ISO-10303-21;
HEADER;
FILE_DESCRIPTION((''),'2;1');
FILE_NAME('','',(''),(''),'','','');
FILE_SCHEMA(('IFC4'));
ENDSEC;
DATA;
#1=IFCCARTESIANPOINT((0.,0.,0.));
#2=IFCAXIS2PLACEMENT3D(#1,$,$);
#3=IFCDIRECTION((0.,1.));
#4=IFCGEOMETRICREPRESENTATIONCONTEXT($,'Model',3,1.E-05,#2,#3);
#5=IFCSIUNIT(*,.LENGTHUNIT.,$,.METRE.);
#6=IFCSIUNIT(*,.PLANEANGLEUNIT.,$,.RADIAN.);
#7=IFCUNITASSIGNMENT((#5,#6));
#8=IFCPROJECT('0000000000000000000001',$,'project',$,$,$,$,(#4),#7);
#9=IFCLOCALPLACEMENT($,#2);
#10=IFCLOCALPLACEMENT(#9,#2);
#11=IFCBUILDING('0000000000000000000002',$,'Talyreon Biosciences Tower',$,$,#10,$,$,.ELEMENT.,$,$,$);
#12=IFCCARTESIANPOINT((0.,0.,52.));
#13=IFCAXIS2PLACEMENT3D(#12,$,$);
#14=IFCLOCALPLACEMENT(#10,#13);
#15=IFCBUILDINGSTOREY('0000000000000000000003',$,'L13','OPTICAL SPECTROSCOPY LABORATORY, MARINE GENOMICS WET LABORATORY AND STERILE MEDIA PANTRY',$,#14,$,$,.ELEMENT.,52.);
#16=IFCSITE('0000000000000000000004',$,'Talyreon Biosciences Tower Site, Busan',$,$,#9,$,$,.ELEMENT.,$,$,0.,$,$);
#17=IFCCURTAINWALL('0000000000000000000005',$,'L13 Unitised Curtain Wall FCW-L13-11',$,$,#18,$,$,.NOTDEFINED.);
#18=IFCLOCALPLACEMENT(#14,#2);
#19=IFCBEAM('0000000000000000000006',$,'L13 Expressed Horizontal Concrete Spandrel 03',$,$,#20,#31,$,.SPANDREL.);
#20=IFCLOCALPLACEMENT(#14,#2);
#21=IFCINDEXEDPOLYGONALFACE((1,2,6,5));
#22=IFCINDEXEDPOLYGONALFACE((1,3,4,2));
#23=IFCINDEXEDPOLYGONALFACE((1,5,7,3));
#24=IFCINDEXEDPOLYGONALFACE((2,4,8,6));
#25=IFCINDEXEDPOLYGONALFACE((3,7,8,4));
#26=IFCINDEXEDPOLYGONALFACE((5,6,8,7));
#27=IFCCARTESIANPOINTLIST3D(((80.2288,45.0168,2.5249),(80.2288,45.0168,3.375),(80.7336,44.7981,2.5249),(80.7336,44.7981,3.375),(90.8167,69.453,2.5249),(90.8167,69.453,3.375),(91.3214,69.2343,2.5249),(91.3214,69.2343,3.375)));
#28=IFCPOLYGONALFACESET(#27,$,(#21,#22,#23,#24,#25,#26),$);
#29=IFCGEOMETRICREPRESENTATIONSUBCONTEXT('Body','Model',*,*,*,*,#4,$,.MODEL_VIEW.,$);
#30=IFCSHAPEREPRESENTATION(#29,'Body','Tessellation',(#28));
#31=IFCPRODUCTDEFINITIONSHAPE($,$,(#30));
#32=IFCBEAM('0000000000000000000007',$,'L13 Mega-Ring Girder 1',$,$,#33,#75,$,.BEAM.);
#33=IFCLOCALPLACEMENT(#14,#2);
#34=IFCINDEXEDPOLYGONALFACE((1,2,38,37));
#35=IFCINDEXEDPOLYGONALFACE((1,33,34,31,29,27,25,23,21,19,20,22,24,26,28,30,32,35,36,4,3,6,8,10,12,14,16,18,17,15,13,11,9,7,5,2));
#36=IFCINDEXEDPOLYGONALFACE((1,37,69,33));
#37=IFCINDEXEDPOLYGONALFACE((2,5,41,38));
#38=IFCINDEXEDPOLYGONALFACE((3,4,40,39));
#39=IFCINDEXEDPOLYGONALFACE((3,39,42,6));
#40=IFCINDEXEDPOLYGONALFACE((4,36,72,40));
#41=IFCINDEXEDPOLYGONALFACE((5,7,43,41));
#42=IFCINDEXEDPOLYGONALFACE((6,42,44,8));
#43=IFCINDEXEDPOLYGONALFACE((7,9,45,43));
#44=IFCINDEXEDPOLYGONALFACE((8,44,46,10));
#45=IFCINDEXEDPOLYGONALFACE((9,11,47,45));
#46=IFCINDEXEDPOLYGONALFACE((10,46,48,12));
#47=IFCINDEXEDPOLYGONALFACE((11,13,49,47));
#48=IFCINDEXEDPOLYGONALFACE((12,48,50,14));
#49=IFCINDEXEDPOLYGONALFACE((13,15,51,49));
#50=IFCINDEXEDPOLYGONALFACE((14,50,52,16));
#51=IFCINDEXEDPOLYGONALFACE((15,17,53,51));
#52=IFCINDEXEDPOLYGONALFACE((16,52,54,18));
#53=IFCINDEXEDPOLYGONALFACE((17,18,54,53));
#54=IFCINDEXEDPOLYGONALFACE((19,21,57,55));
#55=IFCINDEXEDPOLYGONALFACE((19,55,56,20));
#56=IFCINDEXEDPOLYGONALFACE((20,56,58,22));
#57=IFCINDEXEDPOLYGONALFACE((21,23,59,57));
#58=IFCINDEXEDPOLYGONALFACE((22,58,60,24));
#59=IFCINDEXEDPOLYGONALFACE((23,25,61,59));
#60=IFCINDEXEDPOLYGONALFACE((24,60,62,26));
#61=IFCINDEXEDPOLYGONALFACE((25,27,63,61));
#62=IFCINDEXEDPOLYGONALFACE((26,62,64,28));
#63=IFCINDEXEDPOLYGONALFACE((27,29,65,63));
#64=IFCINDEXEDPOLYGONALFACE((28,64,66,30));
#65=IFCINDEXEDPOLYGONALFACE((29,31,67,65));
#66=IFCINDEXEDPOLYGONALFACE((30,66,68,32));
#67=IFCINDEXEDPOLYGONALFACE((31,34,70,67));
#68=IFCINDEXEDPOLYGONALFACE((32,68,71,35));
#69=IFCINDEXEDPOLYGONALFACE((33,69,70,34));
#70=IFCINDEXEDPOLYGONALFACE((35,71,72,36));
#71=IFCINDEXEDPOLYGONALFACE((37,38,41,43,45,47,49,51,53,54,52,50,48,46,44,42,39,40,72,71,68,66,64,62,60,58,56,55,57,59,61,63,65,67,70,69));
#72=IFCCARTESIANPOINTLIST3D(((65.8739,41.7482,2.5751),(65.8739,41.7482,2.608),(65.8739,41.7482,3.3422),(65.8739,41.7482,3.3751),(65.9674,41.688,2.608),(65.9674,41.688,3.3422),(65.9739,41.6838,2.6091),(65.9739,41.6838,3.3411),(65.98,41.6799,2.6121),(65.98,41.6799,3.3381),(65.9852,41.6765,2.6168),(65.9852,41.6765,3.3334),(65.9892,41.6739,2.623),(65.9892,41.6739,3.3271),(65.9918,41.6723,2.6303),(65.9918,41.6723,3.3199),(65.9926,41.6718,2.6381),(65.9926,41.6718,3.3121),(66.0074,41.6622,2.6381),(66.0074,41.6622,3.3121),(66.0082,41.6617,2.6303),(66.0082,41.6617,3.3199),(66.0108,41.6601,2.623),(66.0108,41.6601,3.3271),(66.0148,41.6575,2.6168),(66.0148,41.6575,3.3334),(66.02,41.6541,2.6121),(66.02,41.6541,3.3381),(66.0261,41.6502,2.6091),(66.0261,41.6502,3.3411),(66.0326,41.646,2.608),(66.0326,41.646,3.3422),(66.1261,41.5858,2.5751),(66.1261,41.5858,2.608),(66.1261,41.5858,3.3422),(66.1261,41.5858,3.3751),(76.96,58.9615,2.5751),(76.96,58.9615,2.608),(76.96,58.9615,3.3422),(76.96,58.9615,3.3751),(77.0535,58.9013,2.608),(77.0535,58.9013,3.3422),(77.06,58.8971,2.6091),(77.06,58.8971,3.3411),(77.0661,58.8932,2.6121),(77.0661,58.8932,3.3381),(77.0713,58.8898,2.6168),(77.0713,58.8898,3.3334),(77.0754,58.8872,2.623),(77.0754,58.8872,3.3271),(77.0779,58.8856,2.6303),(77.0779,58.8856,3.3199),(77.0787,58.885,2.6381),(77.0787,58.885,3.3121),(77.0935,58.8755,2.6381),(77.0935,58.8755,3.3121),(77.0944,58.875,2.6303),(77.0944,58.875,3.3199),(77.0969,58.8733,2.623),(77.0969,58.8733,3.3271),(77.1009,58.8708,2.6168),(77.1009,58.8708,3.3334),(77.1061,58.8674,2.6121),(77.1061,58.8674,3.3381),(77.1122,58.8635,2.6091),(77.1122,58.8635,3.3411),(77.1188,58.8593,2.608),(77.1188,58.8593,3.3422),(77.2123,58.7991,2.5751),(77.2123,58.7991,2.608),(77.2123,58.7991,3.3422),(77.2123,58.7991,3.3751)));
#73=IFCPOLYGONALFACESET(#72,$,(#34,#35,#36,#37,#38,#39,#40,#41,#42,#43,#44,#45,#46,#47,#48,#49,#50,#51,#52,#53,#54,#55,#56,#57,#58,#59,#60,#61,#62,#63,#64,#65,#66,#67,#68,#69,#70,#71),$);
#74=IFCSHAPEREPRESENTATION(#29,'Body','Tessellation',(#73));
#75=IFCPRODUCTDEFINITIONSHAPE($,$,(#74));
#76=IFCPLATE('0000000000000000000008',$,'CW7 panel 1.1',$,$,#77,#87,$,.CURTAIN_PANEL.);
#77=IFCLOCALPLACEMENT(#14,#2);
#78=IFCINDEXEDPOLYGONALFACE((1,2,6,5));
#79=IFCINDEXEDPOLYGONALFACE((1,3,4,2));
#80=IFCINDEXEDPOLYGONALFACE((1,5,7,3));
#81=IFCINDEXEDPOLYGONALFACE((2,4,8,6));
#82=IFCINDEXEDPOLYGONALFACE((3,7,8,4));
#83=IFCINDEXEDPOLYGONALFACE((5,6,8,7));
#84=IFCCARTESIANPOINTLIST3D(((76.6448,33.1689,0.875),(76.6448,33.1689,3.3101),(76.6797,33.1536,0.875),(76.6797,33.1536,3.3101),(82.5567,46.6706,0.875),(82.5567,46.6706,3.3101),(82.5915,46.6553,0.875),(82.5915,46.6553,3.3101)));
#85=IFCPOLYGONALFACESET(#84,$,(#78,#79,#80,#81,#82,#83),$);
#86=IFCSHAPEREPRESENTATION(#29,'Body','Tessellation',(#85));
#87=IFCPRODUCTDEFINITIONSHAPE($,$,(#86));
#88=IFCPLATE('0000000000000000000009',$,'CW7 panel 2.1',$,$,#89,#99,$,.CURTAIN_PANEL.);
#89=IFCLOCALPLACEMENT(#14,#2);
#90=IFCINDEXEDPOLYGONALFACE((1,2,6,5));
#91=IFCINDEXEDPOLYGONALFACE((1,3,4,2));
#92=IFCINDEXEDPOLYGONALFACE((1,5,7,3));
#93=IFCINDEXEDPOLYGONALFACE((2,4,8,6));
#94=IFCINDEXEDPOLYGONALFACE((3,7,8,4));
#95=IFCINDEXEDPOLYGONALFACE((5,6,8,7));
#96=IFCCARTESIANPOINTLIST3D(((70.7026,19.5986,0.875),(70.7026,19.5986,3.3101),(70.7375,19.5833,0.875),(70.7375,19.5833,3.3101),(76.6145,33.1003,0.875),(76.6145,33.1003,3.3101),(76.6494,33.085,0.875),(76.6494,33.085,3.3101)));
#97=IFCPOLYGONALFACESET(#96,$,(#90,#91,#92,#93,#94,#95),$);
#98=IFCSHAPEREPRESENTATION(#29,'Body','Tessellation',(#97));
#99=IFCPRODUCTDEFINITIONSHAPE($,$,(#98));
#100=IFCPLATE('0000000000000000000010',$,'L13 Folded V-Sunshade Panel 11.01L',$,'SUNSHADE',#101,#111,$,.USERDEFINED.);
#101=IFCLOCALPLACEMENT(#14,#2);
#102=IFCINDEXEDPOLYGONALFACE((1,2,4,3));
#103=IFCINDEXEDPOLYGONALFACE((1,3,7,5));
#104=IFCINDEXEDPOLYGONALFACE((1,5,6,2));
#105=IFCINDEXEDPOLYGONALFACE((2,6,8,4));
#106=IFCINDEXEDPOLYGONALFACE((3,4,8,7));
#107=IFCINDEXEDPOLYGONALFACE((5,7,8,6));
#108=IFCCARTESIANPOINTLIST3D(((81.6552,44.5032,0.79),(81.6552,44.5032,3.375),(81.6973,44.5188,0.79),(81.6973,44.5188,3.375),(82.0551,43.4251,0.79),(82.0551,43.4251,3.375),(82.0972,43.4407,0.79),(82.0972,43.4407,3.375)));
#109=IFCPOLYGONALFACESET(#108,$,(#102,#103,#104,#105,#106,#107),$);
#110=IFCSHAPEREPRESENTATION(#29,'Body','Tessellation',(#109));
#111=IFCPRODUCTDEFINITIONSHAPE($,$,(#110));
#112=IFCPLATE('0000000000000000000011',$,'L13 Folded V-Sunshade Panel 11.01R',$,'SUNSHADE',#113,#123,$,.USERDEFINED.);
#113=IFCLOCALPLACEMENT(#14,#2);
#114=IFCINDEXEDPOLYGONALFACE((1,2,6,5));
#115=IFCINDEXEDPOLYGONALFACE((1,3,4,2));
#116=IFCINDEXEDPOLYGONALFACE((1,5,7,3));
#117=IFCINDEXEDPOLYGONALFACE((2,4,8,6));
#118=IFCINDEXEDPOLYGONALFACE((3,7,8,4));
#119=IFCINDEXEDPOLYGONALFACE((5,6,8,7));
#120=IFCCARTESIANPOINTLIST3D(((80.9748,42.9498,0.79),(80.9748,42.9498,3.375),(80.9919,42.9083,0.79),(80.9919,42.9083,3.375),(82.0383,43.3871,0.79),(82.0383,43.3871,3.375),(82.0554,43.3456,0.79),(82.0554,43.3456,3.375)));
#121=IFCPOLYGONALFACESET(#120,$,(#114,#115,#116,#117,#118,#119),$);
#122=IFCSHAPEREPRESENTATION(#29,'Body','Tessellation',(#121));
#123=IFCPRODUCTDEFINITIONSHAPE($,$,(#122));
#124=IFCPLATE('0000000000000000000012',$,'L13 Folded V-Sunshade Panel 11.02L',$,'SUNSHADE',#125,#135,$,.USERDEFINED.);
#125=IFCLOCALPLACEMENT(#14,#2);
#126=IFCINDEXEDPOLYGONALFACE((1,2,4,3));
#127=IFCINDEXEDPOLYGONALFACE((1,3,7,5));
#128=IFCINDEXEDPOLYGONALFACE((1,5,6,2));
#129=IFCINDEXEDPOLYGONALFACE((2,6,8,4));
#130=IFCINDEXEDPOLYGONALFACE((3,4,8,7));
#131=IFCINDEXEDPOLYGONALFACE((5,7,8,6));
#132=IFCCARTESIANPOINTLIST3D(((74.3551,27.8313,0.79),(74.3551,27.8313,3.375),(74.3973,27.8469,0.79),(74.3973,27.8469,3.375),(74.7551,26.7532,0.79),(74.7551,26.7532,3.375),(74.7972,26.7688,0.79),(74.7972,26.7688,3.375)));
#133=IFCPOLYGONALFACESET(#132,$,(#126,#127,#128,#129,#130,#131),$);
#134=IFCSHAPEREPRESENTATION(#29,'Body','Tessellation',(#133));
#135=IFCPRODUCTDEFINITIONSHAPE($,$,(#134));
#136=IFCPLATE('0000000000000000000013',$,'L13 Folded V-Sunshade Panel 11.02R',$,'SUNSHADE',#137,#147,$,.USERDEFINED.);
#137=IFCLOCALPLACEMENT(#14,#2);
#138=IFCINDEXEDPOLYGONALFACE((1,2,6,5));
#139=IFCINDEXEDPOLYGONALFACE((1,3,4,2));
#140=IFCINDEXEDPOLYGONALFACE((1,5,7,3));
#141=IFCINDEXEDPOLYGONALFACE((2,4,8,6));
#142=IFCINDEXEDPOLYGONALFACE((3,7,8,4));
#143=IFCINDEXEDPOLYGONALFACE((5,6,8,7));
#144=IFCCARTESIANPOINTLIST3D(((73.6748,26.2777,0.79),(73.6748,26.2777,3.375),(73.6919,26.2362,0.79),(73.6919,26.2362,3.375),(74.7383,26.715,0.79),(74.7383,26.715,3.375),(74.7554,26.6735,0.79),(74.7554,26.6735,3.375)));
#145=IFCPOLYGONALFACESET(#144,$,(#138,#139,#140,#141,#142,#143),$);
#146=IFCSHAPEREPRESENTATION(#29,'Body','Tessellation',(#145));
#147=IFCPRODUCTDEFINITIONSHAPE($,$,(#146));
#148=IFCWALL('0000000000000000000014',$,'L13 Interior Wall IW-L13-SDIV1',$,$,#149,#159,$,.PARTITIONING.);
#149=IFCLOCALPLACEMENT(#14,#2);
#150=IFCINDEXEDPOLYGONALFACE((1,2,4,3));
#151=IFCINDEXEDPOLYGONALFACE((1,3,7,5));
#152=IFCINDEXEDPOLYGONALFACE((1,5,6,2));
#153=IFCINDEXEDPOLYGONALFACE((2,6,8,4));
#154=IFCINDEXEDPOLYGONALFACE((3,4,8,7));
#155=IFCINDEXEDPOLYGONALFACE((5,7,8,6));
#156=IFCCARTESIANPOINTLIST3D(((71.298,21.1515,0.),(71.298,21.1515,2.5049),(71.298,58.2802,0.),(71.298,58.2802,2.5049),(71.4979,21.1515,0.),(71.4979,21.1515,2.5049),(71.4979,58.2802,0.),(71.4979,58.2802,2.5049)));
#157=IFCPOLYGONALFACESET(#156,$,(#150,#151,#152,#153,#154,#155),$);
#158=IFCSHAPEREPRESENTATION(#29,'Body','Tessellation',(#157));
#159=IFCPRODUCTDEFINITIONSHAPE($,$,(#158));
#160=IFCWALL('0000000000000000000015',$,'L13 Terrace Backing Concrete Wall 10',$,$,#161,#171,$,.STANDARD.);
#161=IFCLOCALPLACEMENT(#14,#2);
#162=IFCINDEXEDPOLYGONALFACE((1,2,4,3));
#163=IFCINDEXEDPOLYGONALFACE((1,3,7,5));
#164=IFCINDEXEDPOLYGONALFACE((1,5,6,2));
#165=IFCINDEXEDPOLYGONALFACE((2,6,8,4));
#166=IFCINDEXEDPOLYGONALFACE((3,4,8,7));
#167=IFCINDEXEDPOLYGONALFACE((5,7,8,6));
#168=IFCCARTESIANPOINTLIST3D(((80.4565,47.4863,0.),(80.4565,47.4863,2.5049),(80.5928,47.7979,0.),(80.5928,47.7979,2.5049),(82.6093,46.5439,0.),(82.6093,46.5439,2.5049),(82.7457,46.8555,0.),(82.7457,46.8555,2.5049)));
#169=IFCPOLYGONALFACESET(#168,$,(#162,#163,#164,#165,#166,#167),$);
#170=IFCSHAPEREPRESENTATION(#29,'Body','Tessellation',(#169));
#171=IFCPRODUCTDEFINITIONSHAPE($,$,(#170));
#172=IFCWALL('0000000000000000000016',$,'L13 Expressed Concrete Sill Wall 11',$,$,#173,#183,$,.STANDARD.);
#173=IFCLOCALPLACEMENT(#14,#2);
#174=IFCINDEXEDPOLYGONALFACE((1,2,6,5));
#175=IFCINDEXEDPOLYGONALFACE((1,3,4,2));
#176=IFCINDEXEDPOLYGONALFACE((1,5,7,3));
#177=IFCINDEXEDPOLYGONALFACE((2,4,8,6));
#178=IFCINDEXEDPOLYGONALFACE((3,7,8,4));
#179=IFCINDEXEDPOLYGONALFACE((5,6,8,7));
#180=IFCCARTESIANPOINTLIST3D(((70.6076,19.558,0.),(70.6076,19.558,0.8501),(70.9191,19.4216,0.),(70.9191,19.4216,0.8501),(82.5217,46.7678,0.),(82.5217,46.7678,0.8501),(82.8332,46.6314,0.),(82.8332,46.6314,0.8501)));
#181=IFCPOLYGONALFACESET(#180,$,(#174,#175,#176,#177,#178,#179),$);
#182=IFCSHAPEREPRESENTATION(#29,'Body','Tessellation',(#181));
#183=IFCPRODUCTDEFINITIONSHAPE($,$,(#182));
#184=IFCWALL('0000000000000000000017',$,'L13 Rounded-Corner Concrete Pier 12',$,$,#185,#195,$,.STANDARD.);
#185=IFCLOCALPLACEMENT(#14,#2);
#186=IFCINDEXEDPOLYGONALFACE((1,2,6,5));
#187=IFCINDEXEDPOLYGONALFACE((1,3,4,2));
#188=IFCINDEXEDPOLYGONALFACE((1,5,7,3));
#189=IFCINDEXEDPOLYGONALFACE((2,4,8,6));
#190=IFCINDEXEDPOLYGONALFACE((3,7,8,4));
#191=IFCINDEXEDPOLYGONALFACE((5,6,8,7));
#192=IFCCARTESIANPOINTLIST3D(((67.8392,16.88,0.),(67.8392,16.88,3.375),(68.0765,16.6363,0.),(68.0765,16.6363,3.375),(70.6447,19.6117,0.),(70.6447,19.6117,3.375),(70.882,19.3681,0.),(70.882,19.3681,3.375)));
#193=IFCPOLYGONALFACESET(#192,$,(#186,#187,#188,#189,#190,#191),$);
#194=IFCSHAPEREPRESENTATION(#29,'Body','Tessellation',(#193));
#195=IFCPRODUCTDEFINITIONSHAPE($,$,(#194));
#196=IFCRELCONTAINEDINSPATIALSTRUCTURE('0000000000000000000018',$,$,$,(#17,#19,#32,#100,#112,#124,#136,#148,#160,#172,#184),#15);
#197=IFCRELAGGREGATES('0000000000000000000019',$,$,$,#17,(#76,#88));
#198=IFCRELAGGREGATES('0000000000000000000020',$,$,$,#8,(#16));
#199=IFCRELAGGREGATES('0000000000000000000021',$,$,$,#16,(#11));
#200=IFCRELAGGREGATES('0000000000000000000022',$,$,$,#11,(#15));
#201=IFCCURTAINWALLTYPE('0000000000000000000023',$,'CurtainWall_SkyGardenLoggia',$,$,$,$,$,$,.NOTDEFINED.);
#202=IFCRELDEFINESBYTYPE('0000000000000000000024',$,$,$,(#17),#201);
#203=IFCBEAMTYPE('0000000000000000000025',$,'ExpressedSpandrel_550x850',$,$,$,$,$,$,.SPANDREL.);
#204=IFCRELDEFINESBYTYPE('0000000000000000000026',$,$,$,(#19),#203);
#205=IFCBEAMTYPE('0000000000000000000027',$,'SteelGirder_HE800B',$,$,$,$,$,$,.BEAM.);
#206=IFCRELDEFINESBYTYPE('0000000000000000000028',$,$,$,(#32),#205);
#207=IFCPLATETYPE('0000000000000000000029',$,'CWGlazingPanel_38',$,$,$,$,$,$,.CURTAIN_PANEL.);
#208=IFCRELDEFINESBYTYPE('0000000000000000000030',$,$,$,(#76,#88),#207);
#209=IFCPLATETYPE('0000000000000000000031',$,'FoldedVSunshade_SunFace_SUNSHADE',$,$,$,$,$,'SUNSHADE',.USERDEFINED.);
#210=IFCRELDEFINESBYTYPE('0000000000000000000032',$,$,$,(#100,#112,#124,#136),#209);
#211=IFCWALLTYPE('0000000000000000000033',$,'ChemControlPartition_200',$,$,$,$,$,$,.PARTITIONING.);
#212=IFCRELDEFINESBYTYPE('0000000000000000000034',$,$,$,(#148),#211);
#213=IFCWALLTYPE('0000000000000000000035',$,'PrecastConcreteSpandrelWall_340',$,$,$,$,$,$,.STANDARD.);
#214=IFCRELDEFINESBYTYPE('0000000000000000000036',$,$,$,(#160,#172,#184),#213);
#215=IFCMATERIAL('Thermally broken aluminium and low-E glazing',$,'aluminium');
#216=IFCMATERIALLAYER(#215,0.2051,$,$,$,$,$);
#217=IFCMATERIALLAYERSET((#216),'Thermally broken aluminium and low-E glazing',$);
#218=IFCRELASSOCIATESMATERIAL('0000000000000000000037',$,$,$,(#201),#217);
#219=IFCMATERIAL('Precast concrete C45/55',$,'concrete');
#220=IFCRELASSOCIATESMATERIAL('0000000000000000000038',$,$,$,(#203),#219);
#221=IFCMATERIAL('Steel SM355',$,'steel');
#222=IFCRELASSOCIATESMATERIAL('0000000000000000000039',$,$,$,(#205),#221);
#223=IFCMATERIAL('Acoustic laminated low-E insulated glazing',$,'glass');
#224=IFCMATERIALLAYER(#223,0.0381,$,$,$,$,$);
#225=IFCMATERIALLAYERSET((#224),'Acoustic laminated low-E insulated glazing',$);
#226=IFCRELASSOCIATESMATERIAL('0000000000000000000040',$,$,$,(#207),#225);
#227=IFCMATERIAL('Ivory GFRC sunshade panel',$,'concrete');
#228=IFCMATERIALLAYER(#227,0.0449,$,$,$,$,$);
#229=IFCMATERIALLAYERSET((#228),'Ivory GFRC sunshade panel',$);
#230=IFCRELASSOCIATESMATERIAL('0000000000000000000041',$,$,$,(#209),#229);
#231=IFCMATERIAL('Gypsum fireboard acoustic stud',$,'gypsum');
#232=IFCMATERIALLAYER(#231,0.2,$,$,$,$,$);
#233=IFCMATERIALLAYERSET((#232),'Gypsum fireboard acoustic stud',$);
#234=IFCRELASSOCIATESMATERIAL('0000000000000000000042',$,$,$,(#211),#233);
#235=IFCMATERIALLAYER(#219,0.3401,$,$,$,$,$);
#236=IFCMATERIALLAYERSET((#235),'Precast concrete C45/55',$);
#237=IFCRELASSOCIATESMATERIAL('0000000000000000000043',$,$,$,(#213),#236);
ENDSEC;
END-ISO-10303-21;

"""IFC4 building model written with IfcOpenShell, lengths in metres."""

from ifc_helpers import new_model, si_unit, direction, frame, frame_2d, origin, origin_2d, place, context, subcontext, project, spatial, rectangle, i_section, extrude, material, layer, layer_set, material_profile, profile_set, type_object, element, aggregate, save


model = new_model("IFC4")

# Units and contexts
model_context = context("Model", 3, precision=1e-05, world=origin(), true_north=direction((0.0, 1.0)))
body_context = subcontext(model_context, "Body", "Model", "MODEL_VIEW")
ifc_project = project(units=[si_unit("LENGTHUNIT", "METRE"), si_unit("PLANEANGLEUNIT", "RADIAN")], contexts=[model_context])

# Site, building, storey
site_placement = place(None, origin())
site = spatial("IfcSite", under=ifc_project, at=site_placement, Name="Talyreon Biosciences Tower Site, Busan", CompositionType="ELEMENT", RefElevation=0.0)
building_placement = place(site_placement, origin())
building = spatial("IfcBuilding", under=site, at=building_placement, Name="Talyreon Biosciences Tower", CompositionType="ELEMENT")
storey_placement = place(building_placement, frame((0.0, 0.0, 52.0)))
storey = spatial("IfcBuildingStorey", under=building, at=storey_placement, Name="L13", Description="OPTICAL SPECTROSCOPY LABORATORY, MARINE GENOMICS WET LABORATORY AND STERILE MEDIA PANTRY", CompositionType="ELEMENT", Elevation=52.0)

# Shared definitions
ifc_material_1 = material(Name="Precast concrete C45/55", Category="concrete")

# Curtain wall
ifc_material_2 = material(Name="Thermally broken aluminium and low-E glazing", Category="aluminium")
ifc_layer_1 = layer(ifc_material_2, 0.2051)
ifc_layer_set_1 = layer_set([ifc_layer_1], Name="Thermally broken aluminium and low-E glazing")
curtain_wall_type = type_object("IfcCurtainWallType", Name="CurtainWall_SkyGardenLoggia", PredefinedType="NOTDEFINED", material=ifc_layer_set_1)
curtain_wall_placement = place(storey_placement, origin())
curtain_wall = element("IfcCurtainWall", 1, at=curtain_wall_placement, inside=storey, type_object=curtain_wall_type, Name="L13 Unitised Curtain Wall FCW-L13-11", PredefinedType="NOTDEFINED")

# Beams
ifc_material_profile_1 = material_profile(ifc_material_1, rectangle(XDim=0.55, YDim=0.8501, at=origin_2d()), Name="RCB 550x850")
ifc_profile_set_1 = profile_set([ifc_material_profile_1], Name="Precast concrete C45/55")
beam_type_1 = type_object("IfcBeamType", Name="ExpressedSpandrel_550x850", PredefinedType="SPANDREL", material=ifc_profile_set_1)
beam_1_placement = place(storey_placement, frame((80.4812, 44.9075, 2.95), z_axis=(0.397571, 0.917572, 0.0), x_axis=(-0.917572, 0.397571, 0.0)))
element("IfcBeam", 2, at=beam_1_placement, inside=storey, type_object=beam_type_1, Name="L13 Expressed Horizontal Concrete Spandrel 03", PredefinedType="SPANDREL", context=body_context, shape_type="SweptSolid", body=[
    extrude(rectangle(XDim=0.55, YDim=0.8501, at=origin_2d()), origin(), (0.0, 0.0, 1.0), 26.6313),
])
ifc_material_3 = material(Name="Steel SM355", Category="steel")
ifc_material_profile_2 = material_profile(ifc_material_3, i_section(OverallWidth=0.3, OverallDepth=0.8, WebThickness=0.0176, FlangeThickness=0.033, FilletRadius=0.03, at=origin_2d()), Name="HE800B")
ifc_profile_set_2 = profile_set([ifc_material_profile_2], Name="Steel SM355")
beam_type_2 = type_object("IfcBeamType", Name="SteelGirder_HE800B", PredefinedType="BEAM", material=ifc_profile_set_2)
beam_2_placement = place(storey_placement, frame((66.0, 41.667, 2.9751), z_axis=(0.541464, 0.840724, 0.0), x_axis=(-0.840724, 0.541464, 0.0)))
element("IfcBeam", 3, at=beam_2_placement, inside=storey, type_object=beam_type_2, Name="L13 Mega-Ring Girder 1", PredefinedType="BEAM", context=body_context, shape_type="SweptSolid", body=[
    extrude(i_section(OverallWidth=0.3, OverallDepth=0.8, WebThickness=0.0176, FlangeThickness=0.033, FilletRadius=0.03, at=origin_2d()), origin(), (0.0, 0.0, 1.0), 20.4744),
])

# Plates
ifc_material_4 = material(Name="Acoustic laminated low-E insulated glazing", Category="glass")
ifc_layer_2 = layer(ifc_material_4, 0.0381)
ifc_layer_set_2 = layer_set([ifc_layer_2], Name="Acoustic laminated low-E insulated glazing")
plate_type_1 = type_object("IfcPlateType", Name="CWGlazingPanel_38", PredefinedType="CURTAIN_PANEL", material=ifc_layer_set_2)
plate_1_placement = place(storey_placement, frame((79.6182, 39.9121, 0.875), z_axis=(0.0, 0.0, 1.0), x_axis=(-0.401097, -0.916036, 0.0)))
plate_1 = element("IfcPlate", 4, at=plate_1_placement, type_object=plate_type_1, Name="CW7 panel 1.1", PredefinedType="CURTAIN_PANEL", context=body_context, shape_type="SweptSolid", body=[
    extrude(rectangle(XDim=14.7393, YDim=0.0381, at=origin_2d()), origin(), (0.0, 0.0, 1.0), 2.4351),
])
plate_2_placement = place(storey_placement, frame((73.676, 26.3418, 0.875), z_axis=(0.0, 0.0, 1.0), x_axis=(-0.401097, -0.916036, 0.0)))
plate_2 = element("IfcPlate", 5, at=plate_2_placement, type_object=plate_type_1, Name="CW7 panel 2.1", PredefinedType="CURTAIN_PANEL", context=body_context, shape_type="SweptSolid", body=[
    extrude(rectangle(XDim=14.7393, YDim=0.0381, at=origin_2d()), origin(), (0.0, 0.0, 1.0), 2.4351),
])
aggregate(curtain_wall, [plate_1, plate_2])

# Plates
ifc_material_5 = material(Name="Ivory GFRC sunshade panel", Category="concrete")
ifc_layer_3 = layer(ifc_material_5, 0.0449)
ifc_layer_set_3 = layer_set([ifc_layer_3], Name="Ivory GFRC sunshade panel")
plate_type_2 = type_object("IfcPlateType", Name="FoldedVSunshade_SunFace_SUNSHADE", ElementType="SUNSHADE", PredefinedType="USERDEFINED", material=ifc_layer_set_3)
for number, where, z_axis, x_axis, name in (
    (6, (81.8762, 43.9719, 0.79), (0.0, 0.0, 1.0), (0.347803, -0.937568, 0.0), "L13 Folded V-Sunshade Panel 11.01L"),
    (7, (81.5151, 43.1477, 0.79), (0.0, 0.0, 1.0), (-0.924858, -0.380312, 0.0), "L13 Folded V-Sunshade Panel 11.01R"),
    (8, (74.5762, 27.3, 0.79), (0.0, 0.0, 1.0), (0.347803, -0.937568, 0.0), "L13 Folded V-Sunshade Panel 11.02L"),
    (9, (74.2151, 26.4756, 0.79), (0.0, 0.0, 1.0), (-0.924858, -0.380312, 0.0), "L13 Folded V-Sunshade Panel 11.02R"),
):
    element("IfcPlate", number, at=place(storey_placement, frame(where, z_axis=z_axis, x_axis=x_axis)), inside=storey, type_object=plate_type_2, Name=name, ObjectType="SUNSHADE", PredefinedType="USERDEFINED", context=body_context, shape_type="SweptSolid", body=[
        extrude(rectangle(XDim=1.1499, YDim=0.0449, at=origin_2d()), origin(), (0.0, 0.0, 1.0), 2.585),
    ])

# Walls
ifc_material_6 = material(Name="Gypsum fireboard acoustic stud", Category="gypsum")
ifc_layer_4 = layer(ifc_material_6, 0.2)
ifc_layer_set_4 = layer_set([ifc_layer_4], Name="Gypsum fireboard acoustic stud")
wall_type_1 = type_object("IfcWallType", Name="ChemControlPartition_200", PredefinedType="PARTITIONING", material=ifc_layer_set_4)
wall_1_placement = place(storey_placement, frame((71.3979, 21.1514, 0.0), z_axis=(0.0, 0.0, 1.0), x_axis=(0.0, 1.0, 0.0)))
element("IfcWall", 10, at=wall_1_placement, inside=storey, type_object=wall_type_1, Name="L13 Interior Wall IW-L13-SDIV1", PredefinedType="PARTITIONING", context=body_context, shape_type="SweptSolid", body=[
    extrude(rectangle(XDim=37.1287, YDim=0.2, at=frame_2d((18.5645, 0.0))), origin(), (0.0, 0.0, 1.0), 2.5049),
])
ifc_layer_5 = layer(ifc_material_1, 0.3401)
ifc_layer_set_5 = layer_set([ifc_layer_5], Name="Precast concrete C45/55")
wall_type_2 = type_object("IfcWallType", Name="PrecastConcreteSpandrelWall_340", PredefinedType="STANDARD", material=ifc_layer_set_5)
wall_2_placement = place(storey_placement, frame((80.5247, 47.6421, 0.0), z_axis=(0.0, 0.0, 1.0), x_axis=(0.916076, -0.401004, 0.0)))
element("IfcWall", 11, at=wall_2_placement, inside=storey, type_object=wall_type_2, Name="L13 Terrace Backing Concrete Wall 10", PredefinedType="STANDARD", context=body_context, shape_type="SweptSolid", body=[
    extrude(rectangle(XDim=2.3501, YDim=0.3401, at=frame_2d((1.175, 0.0))), origin(), (0.0, 0.0, 1.0), 2.5049),
])
wall_3_placement = place(storey_placement, frame((82.6775, 46.6997, 0.0), z_axis=(0.0, 0.0, 1.0), x_axis=(-0.401096, -0.916036, 0.0)))
element("IfcWall", 12, at=wall_3_placement, inside=storey, type_object=wall_type_2, Name="L13 Expressed Concrete Sill Wall 11", PredefinedType="STANDARD", context=body_context, shape_type="SweptSolid", body=[
    extrude(rectangle(XDim=29.7039, YDim=0.3401, at=frame_2d((14.8521, 0.0))), origin(), (0.0, 0.0, 1.0), 0.8501),
])
wall_4_placement = place(storey_placement, frame((70.7634, 19.49, 0.0), z_axis=(0.0, 0.0, 1.0), x_axis=(-0.716459, -0.697629, 0.0)))
element("IfcWall", 13, at=wall_4_placement, inside=storey, type_object=wall_type_2, Name="L13 Rounded-Corner Concrete Pier 12", PredefinedType="STANDARD", context=body_context, shape_type="SweptSolid", body=[
    extrude(rectangle(XDim=3.9158, YDim=0.3401, at=frame_2d((1.958, 0.0))), origin(), (0.0, 0.0, 1.0), 3.375),
])

save(model, "model.ifc")
